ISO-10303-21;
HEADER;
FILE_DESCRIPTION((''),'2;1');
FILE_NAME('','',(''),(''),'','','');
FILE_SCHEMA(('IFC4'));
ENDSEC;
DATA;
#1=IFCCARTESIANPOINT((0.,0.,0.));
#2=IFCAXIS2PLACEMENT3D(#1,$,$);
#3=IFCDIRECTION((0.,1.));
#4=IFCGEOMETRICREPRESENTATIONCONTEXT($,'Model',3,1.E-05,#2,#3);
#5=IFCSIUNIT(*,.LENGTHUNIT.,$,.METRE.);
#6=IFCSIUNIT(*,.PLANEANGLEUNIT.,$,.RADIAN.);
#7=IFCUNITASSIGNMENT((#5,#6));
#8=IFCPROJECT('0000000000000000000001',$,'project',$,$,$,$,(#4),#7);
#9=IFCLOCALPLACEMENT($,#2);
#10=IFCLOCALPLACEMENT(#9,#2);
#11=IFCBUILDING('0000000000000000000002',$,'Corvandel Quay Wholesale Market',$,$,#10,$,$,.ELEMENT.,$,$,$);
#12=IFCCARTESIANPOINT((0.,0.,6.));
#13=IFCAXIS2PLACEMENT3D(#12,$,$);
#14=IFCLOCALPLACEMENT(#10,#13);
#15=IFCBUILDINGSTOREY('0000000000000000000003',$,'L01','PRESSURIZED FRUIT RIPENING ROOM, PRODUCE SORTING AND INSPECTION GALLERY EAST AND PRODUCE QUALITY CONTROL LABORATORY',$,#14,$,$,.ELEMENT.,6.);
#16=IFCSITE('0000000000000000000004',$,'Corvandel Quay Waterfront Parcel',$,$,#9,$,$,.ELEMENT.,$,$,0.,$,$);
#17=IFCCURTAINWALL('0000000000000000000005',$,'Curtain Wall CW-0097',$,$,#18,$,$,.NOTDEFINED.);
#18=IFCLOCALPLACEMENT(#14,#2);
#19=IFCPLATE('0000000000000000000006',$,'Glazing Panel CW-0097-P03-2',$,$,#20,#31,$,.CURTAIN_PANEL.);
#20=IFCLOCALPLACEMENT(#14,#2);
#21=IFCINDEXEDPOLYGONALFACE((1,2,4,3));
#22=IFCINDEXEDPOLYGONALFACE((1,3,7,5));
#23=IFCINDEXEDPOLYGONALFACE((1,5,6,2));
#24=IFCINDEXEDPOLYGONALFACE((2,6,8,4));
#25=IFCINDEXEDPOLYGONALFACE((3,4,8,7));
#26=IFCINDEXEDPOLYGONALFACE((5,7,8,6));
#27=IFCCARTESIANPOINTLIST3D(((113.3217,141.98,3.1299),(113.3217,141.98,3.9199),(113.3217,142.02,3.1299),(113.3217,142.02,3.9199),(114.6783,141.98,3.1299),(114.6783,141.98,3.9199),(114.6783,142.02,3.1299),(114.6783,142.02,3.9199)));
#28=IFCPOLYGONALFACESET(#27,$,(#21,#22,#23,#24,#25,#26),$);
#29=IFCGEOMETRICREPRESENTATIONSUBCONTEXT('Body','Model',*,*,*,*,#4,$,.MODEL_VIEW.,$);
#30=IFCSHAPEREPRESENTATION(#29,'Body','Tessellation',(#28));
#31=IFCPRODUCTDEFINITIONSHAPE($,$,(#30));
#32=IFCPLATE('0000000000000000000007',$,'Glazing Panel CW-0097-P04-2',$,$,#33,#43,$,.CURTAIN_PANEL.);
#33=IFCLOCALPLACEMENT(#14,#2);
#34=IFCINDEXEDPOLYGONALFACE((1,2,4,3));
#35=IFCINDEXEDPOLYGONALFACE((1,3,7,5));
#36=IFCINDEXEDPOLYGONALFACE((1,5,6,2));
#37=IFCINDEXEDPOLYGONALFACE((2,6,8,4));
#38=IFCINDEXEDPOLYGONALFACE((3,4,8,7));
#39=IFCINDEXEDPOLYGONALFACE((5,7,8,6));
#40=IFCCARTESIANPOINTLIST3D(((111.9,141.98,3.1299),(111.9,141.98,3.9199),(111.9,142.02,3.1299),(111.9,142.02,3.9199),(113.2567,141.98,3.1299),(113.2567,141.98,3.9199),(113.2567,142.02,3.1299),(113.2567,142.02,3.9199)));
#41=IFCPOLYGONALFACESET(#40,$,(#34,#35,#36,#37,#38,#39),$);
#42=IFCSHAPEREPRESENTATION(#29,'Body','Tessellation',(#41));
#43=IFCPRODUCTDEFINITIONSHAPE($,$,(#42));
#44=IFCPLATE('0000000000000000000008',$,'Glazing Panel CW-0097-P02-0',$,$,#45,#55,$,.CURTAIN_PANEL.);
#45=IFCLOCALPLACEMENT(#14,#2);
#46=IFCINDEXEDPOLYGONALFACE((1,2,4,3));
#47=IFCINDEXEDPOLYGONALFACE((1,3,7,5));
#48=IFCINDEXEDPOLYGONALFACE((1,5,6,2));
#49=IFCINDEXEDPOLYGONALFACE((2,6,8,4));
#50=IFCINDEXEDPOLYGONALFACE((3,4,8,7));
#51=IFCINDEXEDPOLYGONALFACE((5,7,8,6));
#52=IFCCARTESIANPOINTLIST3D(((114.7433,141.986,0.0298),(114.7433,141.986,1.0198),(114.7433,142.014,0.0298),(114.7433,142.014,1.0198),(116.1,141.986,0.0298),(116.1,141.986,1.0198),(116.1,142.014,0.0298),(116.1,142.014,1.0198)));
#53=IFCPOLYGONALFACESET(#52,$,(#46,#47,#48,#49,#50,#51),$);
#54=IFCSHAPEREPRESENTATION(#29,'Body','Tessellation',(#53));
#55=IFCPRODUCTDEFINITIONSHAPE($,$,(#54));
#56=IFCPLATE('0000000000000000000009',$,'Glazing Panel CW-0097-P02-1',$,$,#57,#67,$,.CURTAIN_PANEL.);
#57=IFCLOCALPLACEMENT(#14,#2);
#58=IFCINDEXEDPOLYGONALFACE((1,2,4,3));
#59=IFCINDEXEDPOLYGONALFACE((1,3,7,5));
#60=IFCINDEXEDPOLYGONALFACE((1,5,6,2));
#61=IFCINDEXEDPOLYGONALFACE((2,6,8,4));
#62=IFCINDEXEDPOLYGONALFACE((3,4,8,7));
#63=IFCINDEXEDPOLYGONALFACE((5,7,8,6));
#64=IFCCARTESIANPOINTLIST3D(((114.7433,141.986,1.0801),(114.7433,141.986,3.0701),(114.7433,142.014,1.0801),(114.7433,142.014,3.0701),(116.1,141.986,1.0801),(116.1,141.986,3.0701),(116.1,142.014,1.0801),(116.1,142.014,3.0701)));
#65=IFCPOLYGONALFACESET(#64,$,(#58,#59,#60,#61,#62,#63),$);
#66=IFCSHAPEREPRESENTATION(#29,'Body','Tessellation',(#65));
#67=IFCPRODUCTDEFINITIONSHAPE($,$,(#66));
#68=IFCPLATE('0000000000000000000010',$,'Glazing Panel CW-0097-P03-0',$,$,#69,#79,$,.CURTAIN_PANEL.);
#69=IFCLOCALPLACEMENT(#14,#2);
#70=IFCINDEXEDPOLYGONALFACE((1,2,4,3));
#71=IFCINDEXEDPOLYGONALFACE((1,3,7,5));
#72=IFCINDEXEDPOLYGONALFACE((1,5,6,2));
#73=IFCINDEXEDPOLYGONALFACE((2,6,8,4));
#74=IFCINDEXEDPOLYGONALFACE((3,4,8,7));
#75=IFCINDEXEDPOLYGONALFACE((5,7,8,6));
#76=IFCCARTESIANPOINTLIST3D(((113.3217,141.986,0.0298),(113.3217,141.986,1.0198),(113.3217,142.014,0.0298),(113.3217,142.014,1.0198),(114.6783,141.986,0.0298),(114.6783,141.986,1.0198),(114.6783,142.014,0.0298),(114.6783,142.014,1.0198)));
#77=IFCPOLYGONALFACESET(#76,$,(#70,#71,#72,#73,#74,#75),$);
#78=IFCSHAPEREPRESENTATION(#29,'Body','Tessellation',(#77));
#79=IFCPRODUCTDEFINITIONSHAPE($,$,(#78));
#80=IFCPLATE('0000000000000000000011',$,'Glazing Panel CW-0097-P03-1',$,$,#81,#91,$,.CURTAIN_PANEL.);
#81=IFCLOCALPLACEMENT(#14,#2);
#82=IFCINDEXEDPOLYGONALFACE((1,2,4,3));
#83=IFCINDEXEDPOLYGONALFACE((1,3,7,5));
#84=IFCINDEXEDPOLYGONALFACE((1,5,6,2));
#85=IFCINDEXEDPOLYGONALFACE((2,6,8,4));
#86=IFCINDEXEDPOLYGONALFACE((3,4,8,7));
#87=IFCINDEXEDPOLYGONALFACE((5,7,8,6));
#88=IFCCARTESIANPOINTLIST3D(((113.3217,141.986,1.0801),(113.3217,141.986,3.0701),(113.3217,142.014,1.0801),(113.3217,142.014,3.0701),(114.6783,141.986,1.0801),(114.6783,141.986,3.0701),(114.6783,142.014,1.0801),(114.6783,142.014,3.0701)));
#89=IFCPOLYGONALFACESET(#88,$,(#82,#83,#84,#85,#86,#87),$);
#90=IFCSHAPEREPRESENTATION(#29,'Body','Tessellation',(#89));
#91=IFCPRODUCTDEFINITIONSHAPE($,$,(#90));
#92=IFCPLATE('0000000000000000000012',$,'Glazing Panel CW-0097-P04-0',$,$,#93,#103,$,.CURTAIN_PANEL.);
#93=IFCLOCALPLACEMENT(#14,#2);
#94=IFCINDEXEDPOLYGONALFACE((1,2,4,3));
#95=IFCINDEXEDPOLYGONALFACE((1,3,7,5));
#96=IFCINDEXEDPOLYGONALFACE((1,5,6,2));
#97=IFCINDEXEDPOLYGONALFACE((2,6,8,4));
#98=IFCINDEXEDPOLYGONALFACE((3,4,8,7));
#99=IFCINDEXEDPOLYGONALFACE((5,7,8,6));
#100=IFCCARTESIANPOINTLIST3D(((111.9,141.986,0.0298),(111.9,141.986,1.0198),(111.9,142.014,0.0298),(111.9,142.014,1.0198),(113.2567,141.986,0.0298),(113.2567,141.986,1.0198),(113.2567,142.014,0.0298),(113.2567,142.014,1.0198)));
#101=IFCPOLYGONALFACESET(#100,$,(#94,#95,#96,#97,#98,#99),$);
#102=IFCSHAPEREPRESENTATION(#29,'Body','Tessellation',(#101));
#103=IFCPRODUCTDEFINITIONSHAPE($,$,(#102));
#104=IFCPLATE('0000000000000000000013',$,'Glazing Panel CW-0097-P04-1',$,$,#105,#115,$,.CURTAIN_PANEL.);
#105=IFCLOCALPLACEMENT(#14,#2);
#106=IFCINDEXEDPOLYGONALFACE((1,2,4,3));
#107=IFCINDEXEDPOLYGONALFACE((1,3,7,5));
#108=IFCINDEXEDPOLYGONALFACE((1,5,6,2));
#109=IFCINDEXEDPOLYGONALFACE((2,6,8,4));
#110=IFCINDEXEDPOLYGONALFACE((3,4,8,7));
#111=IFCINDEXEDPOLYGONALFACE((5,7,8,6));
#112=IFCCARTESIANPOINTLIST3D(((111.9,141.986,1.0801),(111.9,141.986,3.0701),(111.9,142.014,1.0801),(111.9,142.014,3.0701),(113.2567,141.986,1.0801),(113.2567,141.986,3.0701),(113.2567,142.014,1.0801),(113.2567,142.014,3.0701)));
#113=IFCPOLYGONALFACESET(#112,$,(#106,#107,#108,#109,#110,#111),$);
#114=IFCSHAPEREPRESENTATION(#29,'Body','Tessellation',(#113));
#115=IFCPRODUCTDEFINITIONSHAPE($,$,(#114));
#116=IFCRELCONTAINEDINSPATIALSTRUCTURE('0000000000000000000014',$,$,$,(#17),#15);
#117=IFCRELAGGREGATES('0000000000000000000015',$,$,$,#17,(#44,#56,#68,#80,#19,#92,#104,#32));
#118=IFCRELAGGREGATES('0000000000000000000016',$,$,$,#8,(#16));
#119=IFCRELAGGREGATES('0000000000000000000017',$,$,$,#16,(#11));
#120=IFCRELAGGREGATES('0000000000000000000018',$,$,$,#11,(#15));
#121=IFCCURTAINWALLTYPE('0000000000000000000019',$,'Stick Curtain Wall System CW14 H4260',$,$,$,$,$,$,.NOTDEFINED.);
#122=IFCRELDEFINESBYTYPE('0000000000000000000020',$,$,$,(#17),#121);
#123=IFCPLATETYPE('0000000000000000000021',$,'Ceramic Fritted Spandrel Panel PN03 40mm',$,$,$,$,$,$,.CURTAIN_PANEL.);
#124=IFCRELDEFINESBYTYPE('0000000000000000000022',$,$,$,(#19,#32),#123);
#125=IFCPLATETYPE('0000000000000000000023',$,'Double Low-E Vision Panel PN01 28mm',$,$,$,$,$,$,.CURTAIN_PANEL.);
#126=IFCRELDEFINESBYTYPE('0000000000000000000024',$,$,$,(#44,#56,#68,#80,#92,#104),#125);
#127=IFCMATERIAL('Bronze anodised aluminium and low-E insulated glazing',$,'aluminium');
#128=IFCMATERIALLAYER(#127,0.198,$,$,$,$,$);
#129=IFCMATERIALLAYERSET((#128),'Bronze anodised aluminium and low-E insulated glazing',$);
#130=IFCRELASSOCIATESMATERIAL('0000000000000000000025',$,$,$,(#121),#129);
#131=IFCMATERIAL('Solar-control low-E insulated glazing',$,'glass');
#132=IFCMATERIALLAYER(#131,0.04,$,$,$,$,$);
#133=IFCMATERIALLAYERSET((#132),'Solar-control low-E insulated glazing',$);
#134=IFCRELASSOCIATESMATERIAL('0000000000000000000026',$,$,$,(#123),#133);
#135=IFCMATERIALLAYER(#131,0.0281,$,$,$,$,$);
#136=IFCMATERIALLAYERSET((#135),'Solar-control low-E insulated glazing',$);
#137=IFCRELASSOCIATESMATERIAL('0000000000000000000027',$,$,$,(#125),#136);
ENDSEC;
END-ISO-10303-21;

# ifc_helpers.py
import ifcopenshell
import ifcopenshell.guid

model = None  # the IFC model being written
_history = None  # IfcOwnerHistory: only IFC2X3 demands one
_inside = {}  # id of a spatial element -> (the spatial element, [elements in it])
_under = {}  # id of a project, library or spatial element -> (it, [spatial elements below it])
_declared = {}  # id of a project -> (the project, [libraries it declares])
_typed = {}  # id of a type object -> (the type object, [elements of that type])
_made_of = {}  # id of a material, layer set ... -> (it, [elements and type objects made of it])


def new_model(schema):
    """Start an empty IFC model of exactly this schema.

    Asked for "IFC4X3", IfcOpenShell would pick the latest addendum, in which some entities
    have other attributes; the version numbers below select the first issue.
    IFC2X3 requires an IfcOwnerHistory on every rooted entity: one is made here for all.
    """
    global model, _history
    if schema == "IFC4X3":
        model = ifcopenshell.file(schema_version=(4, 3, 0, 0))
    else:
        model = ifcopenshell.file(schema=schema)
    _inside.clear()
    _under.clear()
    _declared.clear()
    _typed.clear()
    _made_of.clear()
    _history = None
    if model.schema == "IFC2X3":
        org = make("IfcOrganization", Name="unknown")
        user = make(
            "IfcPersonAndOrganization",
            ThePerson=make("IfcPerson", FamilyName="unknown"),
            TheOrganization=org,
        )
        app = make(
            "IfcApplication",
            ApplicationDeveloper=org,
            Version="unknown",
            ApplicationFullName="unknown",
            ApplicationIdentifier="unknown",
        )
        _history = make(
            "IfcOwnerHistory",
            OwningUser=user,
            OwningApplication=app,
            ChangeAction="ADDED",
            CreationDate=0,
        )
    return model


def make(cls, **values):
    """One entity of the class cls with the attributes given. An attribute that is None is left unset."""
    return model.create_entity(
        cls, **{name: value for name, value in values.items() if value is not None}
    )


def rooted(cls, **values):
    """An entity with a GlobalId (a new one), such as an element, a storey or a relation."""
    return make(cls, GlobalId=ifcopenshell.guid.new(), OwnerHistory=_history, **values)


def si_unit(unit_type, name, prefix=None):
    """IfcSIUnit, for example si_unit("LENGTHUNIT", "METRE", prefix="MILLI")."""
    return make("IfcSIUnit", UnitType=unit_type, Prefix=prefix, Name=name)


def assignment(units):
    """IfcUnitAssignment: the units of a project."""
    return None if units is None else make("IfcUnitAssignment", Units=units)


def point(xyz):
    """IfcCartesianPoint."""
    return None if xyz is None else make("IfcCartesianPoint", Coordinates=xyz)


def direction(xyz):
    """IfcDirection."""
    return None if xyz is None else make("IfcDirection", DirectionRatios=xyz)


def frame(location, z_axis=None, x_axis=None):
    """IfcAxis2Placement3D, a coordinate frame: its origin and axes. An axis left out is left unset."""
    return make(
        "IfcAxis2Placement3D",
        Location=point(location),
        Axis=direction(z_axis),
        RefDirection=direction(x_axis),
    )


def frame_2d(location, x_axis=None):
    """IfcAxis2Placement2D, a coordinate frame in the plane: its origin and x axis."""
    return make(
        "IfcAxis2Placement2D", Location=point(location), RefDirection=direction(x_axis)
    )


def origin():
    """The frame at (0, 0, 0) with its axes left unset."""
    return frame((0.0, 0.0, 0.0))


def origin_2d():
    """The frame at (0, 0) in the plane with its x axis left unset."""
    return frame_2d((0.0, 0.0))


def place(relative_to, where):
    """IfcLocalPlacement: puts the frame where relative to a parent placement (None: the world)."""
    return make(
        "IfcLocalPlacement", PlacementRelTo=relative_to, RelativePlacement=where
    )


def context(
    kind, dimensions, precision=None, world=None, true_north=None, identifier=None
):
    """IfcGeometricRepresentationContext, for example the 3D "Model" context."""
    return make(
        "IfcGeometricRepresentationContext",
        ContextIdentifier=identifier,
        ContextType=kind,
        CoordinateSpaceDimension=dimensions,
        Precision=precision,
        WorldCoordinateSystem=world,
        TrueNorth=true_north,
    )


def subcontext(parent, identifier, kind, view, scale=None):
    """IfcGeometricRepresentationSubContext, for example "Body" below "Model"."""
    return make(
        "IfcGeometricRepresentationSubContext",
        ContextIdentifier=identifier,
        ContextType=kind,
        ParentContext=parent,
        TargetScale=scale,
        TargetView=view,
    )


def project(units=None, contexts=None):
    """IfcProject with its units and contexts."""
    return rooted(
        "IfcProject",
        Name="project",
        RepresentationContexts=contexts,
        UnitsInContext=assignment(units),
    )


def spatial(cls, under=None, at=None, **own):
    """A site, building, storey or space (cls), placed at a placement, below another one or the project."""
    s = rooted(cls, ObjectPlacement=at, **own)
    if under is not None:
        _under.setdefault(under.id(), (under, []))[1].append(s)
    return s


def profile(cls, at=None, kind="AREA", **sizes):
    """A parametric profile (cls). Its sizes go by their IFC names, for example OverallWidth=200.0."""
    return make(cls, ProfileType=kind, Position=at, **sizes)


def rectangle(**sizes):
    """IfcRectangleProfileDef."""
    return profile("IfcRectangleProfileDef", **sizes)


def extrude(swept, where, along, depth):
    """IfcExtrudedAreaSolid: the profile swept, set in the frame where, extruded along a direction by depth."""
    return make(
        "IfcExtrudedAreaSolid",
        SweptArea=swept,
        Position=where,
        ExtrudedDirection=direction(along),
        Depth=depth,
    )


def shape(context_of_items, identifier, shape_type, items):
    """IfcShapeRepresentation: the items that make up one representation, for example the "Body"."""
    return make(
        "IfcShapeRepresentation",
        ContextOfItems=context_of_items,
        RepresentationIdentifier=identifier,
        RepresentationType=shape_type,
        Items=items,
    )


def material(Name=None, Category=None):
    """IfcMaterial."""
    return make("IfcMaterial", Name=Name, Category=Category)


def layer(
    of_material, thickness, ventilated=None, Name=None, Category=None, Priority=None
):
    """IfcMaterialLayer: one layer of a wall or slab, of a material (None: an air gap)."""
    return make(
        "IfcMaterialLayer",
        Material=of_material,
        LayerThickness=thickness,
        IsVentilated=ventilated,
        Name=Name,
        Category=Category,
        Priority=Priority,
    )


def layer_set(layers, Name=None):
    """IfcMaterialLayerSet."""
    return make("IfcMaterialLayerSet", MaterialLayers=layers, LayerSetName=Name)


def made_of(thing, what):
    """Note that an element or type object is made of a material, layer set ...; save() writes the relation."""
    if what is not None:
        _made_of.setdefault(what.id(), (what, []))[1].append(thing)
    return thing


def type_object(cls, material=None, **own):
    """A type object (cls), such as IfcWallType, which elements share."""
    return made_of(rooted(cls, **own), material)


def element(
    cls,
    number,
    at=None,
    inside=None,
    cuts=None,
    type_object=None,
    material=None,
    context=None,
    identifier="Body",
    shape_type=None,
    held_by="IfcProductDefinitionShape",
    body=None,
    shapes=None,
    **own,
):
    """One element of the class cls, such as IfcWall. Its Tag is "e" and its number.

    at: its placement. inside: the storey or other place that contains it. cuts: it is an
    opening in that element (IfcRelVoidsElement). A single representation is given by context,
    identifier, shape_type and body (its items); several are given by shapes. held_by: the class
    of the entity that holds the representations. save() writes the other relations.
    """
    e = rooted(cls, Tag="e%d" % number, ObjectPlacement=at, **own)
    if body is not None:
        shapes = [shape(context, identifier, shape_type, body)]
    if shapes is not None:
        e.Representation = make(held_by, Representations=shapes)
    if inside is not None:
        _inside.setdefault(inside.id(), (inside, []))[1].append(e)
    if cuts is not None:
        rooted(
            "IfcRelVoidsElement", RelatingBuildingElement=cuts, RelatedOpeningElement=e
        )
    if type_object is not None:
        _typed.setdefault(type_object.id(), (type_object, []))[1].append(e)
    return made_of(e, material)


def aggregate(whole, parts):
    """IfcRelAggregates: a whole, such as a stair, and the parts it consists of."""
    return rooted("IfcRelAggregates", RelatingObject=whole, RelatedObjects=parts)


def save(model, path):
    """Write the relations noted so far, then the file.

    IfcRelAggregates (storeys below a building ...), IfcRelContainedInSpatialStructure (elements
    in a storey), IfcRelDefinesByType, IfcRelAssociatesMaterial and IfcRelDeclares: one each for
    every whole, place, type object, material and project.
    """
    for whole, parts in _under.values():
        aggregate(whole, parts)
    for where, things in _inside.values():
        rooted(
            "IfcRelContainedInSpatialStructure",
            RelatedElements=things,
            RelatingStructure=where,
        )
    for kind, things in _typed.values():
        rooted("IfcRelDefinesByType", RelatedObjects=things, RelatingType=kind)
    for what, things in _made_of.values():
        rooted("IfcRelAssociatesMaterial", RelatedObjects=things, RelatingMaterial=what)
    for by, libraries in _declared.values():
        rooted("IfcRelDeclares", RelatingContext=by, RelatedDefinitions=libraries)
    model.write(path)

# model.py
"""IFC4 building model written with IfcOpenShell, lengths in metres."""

from ifc_helpers import new_model, si_unit, direction, frame, origin, origin_2d, place, context, subcontext, project, spatial, rectangle, extrude, material, layer, layer_set, type_object, element, aggregate, save


model = new_model("IFC4")

# Units and contexts
model_context = context("Model", 3, precision=1e-05, world=origin(), true_north=direction((0.0, 1.0)))
body_context = subcontext(model_context, "Body", "Model", "MODEL_VIEW")
ifc_project = project(units=[si_unit("LENGTHUNIT", "METRE"), si_unit("PLANEANGLEUNIT", "RADIAN")], contexts=[model_context])

# Site, building, storey
site_placement = place(None, origin())
site = spatial("IfcSite", under=ifc_project, at=site_placement, Name="Corvandel Quay Waterfront Parcel", CompositionType="ELEMENT", RefElevation=0.0)
building_placement = place(site_placement, origin())
building = spatial("IfcBuilding", under=site, at=building_placement, Name="Corvandel Quay Wholesale Market", CompositionType="ELEMENT")
storey_placement = place(building_placement, frame((0.0, 0.0, 6.0)))
storey = spatial("IfcBuildingStorey", under=building, at=storey_placement, Name="L01", Description="PRESSURIZED FRUIT RIPENING ROOM, PRODUCE SORTING AND INSPECTION GALLERY EAST AND PRODUCE QUALITY CONTROL LABORATORY", CompositionType="ELEMENT", Elevation=6.0)

# Curtain wall, plates
ifc_material_1 = material(Name="Bronze anodised aluminium and low-E insulated glazing", Category="aluminium")
ifc_layer_1 = layer(ifc_material_1, 0.198)
ifc_layer_set_1 = layer_set([ifc_layer_1], Name="Bronze anodised aluminium and low-E insulated glazing")
curtain_wall_type = type_object("IfcCurtainWallType", Name="Stick Curtain Wall System CW14 H4260", PredefinedType="NOTDEFINED", material=ifc_layer_set_1)
curtain_wall_placement = place(storey_placement, origin())
curtain_wall = element("IfcCurtainWall", 1, at=curtain_wall_placement, inside=storey, type_object=curtain_wall_type, Name="Curtain Wall CW-0097", PredefinedType="NOTDEFINED")
ifc_material_2 = material(Name="Solar-control low-E insulated glazing", Category="glass")
ifc_layer_2 = layer(ifc_material_2, 0.04)
ifc_layer_set_2 = layer_set([ifc_layer_2], Name="Solar-control low-E insulated glazing")
plate_type_1 = type_object("IfcPlateType", Name="Ceramic Fritted Spandrel Panel PN03 40mm", PredefinedType="CURTAIN_PANEL", material=ifc_layer_set_2)
plate_1_placement = place(storey_placement, frame((114.0, 142.0, 3.1299), z_axis=(0.0, 0.0, 1.0), x_axis=(1.0, 0.0, 0.0)))
plate_1 = element("IfcPlate", 2, at=plate_1_placement, type_object=plate_type_1, Name="Glazing Panel CW-0097-P03-2", PredefinedType="CURTAIN_PANEL", context=body_context, shape_type="SweptSolid", body=[
    extrude(rectangle(XDim=1.3567, YDim=0.04, at=origin_2d()), origin(), (0.0, 0.0, 1.0), 0.79),
])
plate_2_placement = place(storey_placement, frame((112.5784, 142.0, 3.1299), z_axis=(0.0, 0.0, 1.0), x_axis=(1.0, 0.0, 0.0)))
plate_2 = element("IfcPlate", 3, at=plate_2_placement, type_object=plate_type_1, Name="Glazing Panel CW-0097-P04-2", PredefinedType="CURTAIN_PANEL", context=body_context, shape_type="SweptSolid", body=[
    extrude(rectangle(XDim=1.3567, YDim=0.04, at=origin_2d()), origin(), (0.0, 0.0, 1.0), 0.79),
])
ifc_layer_3 = layer(ifc_material_2, 0.0281)
ifc_layer_set_3 = layer_set([ifc_layer_3], Name="Solar-control low-E insulated glazing")
plate_type_2 = type_object("IfcPlateType", Name="Double Low-E Vision Panel PN01 28mm", PredefinedType="CURTAIN_PANEL", material=ifc_layer_set_3)
plate_3_placement = place(storey_placement, frame((115.4216, 142.0, 0.0298), z_axis=(0.0, 0.0, 1.0), x_axis=(1.0, 0.0, 0.0)))
plate_3 = element("IfcPlate", 4, at=plate_3_placement, type_object=plate_type_2, Name="Glazing Panel CW-0097-P02-0", PredefinedType="CURTAIN_PANEL", context=body_context, shape_type="SweptSolid", body=[
    extrude(rectangle(XDim=1.3567, YDim=0.0281, at=origin_2d()), origin(), (0.0, 0.0, 1.0), 0.99),
])
plate_4_placement = place(storey_placement, frame((115.4216, 142.0, 1.0801), z_axis=(0.0, 0.0, 1.0), x_axis=(1.0, 0.0, 0.0)))
plate_4 = element("IfcPlate", 5, at=plate_4_placement, type_object=plate_type_2, Name="Glazing Panel CW-0097-P02-1", PredefinedType="CURTAIN_PANEL", context=body_context, shape_type="SweptSolid", body=[
    extrude(rectangle(XDim=1.3567, YDim=0.0281, at=origin_2d()), origin(), (0.0, 0.0, 1.0), 1.99),
])
plate_5_placement = place(storey_placement, frame((114.0, 142.0, 0.0298), z_axis=(0.0, 0.0, 1.0), x_axis=(1.0, 0.0, 0.0)))
plate_5 = element("IfcPlate", 6, at=plate_5_placement, type_object=plate_type_2, Name="Glazing Panel CW-0097-P03-0", PredefinedType="CURTAIN_PANEL", context=body_context, shape_type="SweptSolid", body=[
    extrude(rectangle(XDim=1.3567, YDim=0.0281, at=origin_2d()), origin(), (0.0, 0.0, 1.0), 0.99),
])
plate_6_placement = place(storey_placement, frame((114.0, 142.0, 1.0801), z_axis=(0.0, 0.0, 1.0), x_axis=(1.0, 0.0, 0.0)))
plate_6 = element("IfcPlate", 7, at=plate_6_placement, type_object=plate_type_2, Name="Glazing Panel CW-0097-P03-1", PredefinedType="CURTAIN_PANEL", context=body_context, shape_type="SweptSolid", body=[
    extrude(rectangle(XDim=1.3567, YDim=0.0281, at=origin_2d()), origin(), (0.0, 0.0, 1.0), 1.99),
])
plate_7_placement = place(storey_placement, frame((112.5784, 142.0, 0.0298), z_axis=(0.0, 0.0, 1.0), x_axis=(1.0, 0.0, 0.0)))
plate_7 = element("IfcPlate", 8, at=plate_7_placement, type_object=plate_type_2, Name="Glazing Panel CW-0097-P04-0", PredefinedType="CURTAIN_PANEL", context=body_context, shape_type="SweptSolid", body=[
    extrude(rectangle(XDim=1.3567, YDim=0.0281, at=origin_2d()), origin(), (0.0, 0.0, 1.0), 0.99),
])
plate_8_placement = place(storey_placement, frame((112.5784, 142.0, 1.0801), z_axis=(0.0, 0.0, 1.0), x_axis=(1.0, 0.0, 0.0)))
plate_8 = element("IfcPlate", 9, at=plate_8_placement, type_object=plate_type_2, Name="Glazing Panel CW-0097-P04-1", PredefinedType="CURTAIN_PANEL", context=body_context, shape_type="SweptSolid", body=[
    extrude(rectangle(XDim=1.3567, YDim=0.0281, at=origin_2d()), origin(), (0.0, 0.0, 1.0), 1.99),
])
aggregate(curtain_wall, [plate_3, plate_4, plate_5, plate_6, plate_1, plate_7, plate_8, plate_2])

save(model, "model.ifc")
